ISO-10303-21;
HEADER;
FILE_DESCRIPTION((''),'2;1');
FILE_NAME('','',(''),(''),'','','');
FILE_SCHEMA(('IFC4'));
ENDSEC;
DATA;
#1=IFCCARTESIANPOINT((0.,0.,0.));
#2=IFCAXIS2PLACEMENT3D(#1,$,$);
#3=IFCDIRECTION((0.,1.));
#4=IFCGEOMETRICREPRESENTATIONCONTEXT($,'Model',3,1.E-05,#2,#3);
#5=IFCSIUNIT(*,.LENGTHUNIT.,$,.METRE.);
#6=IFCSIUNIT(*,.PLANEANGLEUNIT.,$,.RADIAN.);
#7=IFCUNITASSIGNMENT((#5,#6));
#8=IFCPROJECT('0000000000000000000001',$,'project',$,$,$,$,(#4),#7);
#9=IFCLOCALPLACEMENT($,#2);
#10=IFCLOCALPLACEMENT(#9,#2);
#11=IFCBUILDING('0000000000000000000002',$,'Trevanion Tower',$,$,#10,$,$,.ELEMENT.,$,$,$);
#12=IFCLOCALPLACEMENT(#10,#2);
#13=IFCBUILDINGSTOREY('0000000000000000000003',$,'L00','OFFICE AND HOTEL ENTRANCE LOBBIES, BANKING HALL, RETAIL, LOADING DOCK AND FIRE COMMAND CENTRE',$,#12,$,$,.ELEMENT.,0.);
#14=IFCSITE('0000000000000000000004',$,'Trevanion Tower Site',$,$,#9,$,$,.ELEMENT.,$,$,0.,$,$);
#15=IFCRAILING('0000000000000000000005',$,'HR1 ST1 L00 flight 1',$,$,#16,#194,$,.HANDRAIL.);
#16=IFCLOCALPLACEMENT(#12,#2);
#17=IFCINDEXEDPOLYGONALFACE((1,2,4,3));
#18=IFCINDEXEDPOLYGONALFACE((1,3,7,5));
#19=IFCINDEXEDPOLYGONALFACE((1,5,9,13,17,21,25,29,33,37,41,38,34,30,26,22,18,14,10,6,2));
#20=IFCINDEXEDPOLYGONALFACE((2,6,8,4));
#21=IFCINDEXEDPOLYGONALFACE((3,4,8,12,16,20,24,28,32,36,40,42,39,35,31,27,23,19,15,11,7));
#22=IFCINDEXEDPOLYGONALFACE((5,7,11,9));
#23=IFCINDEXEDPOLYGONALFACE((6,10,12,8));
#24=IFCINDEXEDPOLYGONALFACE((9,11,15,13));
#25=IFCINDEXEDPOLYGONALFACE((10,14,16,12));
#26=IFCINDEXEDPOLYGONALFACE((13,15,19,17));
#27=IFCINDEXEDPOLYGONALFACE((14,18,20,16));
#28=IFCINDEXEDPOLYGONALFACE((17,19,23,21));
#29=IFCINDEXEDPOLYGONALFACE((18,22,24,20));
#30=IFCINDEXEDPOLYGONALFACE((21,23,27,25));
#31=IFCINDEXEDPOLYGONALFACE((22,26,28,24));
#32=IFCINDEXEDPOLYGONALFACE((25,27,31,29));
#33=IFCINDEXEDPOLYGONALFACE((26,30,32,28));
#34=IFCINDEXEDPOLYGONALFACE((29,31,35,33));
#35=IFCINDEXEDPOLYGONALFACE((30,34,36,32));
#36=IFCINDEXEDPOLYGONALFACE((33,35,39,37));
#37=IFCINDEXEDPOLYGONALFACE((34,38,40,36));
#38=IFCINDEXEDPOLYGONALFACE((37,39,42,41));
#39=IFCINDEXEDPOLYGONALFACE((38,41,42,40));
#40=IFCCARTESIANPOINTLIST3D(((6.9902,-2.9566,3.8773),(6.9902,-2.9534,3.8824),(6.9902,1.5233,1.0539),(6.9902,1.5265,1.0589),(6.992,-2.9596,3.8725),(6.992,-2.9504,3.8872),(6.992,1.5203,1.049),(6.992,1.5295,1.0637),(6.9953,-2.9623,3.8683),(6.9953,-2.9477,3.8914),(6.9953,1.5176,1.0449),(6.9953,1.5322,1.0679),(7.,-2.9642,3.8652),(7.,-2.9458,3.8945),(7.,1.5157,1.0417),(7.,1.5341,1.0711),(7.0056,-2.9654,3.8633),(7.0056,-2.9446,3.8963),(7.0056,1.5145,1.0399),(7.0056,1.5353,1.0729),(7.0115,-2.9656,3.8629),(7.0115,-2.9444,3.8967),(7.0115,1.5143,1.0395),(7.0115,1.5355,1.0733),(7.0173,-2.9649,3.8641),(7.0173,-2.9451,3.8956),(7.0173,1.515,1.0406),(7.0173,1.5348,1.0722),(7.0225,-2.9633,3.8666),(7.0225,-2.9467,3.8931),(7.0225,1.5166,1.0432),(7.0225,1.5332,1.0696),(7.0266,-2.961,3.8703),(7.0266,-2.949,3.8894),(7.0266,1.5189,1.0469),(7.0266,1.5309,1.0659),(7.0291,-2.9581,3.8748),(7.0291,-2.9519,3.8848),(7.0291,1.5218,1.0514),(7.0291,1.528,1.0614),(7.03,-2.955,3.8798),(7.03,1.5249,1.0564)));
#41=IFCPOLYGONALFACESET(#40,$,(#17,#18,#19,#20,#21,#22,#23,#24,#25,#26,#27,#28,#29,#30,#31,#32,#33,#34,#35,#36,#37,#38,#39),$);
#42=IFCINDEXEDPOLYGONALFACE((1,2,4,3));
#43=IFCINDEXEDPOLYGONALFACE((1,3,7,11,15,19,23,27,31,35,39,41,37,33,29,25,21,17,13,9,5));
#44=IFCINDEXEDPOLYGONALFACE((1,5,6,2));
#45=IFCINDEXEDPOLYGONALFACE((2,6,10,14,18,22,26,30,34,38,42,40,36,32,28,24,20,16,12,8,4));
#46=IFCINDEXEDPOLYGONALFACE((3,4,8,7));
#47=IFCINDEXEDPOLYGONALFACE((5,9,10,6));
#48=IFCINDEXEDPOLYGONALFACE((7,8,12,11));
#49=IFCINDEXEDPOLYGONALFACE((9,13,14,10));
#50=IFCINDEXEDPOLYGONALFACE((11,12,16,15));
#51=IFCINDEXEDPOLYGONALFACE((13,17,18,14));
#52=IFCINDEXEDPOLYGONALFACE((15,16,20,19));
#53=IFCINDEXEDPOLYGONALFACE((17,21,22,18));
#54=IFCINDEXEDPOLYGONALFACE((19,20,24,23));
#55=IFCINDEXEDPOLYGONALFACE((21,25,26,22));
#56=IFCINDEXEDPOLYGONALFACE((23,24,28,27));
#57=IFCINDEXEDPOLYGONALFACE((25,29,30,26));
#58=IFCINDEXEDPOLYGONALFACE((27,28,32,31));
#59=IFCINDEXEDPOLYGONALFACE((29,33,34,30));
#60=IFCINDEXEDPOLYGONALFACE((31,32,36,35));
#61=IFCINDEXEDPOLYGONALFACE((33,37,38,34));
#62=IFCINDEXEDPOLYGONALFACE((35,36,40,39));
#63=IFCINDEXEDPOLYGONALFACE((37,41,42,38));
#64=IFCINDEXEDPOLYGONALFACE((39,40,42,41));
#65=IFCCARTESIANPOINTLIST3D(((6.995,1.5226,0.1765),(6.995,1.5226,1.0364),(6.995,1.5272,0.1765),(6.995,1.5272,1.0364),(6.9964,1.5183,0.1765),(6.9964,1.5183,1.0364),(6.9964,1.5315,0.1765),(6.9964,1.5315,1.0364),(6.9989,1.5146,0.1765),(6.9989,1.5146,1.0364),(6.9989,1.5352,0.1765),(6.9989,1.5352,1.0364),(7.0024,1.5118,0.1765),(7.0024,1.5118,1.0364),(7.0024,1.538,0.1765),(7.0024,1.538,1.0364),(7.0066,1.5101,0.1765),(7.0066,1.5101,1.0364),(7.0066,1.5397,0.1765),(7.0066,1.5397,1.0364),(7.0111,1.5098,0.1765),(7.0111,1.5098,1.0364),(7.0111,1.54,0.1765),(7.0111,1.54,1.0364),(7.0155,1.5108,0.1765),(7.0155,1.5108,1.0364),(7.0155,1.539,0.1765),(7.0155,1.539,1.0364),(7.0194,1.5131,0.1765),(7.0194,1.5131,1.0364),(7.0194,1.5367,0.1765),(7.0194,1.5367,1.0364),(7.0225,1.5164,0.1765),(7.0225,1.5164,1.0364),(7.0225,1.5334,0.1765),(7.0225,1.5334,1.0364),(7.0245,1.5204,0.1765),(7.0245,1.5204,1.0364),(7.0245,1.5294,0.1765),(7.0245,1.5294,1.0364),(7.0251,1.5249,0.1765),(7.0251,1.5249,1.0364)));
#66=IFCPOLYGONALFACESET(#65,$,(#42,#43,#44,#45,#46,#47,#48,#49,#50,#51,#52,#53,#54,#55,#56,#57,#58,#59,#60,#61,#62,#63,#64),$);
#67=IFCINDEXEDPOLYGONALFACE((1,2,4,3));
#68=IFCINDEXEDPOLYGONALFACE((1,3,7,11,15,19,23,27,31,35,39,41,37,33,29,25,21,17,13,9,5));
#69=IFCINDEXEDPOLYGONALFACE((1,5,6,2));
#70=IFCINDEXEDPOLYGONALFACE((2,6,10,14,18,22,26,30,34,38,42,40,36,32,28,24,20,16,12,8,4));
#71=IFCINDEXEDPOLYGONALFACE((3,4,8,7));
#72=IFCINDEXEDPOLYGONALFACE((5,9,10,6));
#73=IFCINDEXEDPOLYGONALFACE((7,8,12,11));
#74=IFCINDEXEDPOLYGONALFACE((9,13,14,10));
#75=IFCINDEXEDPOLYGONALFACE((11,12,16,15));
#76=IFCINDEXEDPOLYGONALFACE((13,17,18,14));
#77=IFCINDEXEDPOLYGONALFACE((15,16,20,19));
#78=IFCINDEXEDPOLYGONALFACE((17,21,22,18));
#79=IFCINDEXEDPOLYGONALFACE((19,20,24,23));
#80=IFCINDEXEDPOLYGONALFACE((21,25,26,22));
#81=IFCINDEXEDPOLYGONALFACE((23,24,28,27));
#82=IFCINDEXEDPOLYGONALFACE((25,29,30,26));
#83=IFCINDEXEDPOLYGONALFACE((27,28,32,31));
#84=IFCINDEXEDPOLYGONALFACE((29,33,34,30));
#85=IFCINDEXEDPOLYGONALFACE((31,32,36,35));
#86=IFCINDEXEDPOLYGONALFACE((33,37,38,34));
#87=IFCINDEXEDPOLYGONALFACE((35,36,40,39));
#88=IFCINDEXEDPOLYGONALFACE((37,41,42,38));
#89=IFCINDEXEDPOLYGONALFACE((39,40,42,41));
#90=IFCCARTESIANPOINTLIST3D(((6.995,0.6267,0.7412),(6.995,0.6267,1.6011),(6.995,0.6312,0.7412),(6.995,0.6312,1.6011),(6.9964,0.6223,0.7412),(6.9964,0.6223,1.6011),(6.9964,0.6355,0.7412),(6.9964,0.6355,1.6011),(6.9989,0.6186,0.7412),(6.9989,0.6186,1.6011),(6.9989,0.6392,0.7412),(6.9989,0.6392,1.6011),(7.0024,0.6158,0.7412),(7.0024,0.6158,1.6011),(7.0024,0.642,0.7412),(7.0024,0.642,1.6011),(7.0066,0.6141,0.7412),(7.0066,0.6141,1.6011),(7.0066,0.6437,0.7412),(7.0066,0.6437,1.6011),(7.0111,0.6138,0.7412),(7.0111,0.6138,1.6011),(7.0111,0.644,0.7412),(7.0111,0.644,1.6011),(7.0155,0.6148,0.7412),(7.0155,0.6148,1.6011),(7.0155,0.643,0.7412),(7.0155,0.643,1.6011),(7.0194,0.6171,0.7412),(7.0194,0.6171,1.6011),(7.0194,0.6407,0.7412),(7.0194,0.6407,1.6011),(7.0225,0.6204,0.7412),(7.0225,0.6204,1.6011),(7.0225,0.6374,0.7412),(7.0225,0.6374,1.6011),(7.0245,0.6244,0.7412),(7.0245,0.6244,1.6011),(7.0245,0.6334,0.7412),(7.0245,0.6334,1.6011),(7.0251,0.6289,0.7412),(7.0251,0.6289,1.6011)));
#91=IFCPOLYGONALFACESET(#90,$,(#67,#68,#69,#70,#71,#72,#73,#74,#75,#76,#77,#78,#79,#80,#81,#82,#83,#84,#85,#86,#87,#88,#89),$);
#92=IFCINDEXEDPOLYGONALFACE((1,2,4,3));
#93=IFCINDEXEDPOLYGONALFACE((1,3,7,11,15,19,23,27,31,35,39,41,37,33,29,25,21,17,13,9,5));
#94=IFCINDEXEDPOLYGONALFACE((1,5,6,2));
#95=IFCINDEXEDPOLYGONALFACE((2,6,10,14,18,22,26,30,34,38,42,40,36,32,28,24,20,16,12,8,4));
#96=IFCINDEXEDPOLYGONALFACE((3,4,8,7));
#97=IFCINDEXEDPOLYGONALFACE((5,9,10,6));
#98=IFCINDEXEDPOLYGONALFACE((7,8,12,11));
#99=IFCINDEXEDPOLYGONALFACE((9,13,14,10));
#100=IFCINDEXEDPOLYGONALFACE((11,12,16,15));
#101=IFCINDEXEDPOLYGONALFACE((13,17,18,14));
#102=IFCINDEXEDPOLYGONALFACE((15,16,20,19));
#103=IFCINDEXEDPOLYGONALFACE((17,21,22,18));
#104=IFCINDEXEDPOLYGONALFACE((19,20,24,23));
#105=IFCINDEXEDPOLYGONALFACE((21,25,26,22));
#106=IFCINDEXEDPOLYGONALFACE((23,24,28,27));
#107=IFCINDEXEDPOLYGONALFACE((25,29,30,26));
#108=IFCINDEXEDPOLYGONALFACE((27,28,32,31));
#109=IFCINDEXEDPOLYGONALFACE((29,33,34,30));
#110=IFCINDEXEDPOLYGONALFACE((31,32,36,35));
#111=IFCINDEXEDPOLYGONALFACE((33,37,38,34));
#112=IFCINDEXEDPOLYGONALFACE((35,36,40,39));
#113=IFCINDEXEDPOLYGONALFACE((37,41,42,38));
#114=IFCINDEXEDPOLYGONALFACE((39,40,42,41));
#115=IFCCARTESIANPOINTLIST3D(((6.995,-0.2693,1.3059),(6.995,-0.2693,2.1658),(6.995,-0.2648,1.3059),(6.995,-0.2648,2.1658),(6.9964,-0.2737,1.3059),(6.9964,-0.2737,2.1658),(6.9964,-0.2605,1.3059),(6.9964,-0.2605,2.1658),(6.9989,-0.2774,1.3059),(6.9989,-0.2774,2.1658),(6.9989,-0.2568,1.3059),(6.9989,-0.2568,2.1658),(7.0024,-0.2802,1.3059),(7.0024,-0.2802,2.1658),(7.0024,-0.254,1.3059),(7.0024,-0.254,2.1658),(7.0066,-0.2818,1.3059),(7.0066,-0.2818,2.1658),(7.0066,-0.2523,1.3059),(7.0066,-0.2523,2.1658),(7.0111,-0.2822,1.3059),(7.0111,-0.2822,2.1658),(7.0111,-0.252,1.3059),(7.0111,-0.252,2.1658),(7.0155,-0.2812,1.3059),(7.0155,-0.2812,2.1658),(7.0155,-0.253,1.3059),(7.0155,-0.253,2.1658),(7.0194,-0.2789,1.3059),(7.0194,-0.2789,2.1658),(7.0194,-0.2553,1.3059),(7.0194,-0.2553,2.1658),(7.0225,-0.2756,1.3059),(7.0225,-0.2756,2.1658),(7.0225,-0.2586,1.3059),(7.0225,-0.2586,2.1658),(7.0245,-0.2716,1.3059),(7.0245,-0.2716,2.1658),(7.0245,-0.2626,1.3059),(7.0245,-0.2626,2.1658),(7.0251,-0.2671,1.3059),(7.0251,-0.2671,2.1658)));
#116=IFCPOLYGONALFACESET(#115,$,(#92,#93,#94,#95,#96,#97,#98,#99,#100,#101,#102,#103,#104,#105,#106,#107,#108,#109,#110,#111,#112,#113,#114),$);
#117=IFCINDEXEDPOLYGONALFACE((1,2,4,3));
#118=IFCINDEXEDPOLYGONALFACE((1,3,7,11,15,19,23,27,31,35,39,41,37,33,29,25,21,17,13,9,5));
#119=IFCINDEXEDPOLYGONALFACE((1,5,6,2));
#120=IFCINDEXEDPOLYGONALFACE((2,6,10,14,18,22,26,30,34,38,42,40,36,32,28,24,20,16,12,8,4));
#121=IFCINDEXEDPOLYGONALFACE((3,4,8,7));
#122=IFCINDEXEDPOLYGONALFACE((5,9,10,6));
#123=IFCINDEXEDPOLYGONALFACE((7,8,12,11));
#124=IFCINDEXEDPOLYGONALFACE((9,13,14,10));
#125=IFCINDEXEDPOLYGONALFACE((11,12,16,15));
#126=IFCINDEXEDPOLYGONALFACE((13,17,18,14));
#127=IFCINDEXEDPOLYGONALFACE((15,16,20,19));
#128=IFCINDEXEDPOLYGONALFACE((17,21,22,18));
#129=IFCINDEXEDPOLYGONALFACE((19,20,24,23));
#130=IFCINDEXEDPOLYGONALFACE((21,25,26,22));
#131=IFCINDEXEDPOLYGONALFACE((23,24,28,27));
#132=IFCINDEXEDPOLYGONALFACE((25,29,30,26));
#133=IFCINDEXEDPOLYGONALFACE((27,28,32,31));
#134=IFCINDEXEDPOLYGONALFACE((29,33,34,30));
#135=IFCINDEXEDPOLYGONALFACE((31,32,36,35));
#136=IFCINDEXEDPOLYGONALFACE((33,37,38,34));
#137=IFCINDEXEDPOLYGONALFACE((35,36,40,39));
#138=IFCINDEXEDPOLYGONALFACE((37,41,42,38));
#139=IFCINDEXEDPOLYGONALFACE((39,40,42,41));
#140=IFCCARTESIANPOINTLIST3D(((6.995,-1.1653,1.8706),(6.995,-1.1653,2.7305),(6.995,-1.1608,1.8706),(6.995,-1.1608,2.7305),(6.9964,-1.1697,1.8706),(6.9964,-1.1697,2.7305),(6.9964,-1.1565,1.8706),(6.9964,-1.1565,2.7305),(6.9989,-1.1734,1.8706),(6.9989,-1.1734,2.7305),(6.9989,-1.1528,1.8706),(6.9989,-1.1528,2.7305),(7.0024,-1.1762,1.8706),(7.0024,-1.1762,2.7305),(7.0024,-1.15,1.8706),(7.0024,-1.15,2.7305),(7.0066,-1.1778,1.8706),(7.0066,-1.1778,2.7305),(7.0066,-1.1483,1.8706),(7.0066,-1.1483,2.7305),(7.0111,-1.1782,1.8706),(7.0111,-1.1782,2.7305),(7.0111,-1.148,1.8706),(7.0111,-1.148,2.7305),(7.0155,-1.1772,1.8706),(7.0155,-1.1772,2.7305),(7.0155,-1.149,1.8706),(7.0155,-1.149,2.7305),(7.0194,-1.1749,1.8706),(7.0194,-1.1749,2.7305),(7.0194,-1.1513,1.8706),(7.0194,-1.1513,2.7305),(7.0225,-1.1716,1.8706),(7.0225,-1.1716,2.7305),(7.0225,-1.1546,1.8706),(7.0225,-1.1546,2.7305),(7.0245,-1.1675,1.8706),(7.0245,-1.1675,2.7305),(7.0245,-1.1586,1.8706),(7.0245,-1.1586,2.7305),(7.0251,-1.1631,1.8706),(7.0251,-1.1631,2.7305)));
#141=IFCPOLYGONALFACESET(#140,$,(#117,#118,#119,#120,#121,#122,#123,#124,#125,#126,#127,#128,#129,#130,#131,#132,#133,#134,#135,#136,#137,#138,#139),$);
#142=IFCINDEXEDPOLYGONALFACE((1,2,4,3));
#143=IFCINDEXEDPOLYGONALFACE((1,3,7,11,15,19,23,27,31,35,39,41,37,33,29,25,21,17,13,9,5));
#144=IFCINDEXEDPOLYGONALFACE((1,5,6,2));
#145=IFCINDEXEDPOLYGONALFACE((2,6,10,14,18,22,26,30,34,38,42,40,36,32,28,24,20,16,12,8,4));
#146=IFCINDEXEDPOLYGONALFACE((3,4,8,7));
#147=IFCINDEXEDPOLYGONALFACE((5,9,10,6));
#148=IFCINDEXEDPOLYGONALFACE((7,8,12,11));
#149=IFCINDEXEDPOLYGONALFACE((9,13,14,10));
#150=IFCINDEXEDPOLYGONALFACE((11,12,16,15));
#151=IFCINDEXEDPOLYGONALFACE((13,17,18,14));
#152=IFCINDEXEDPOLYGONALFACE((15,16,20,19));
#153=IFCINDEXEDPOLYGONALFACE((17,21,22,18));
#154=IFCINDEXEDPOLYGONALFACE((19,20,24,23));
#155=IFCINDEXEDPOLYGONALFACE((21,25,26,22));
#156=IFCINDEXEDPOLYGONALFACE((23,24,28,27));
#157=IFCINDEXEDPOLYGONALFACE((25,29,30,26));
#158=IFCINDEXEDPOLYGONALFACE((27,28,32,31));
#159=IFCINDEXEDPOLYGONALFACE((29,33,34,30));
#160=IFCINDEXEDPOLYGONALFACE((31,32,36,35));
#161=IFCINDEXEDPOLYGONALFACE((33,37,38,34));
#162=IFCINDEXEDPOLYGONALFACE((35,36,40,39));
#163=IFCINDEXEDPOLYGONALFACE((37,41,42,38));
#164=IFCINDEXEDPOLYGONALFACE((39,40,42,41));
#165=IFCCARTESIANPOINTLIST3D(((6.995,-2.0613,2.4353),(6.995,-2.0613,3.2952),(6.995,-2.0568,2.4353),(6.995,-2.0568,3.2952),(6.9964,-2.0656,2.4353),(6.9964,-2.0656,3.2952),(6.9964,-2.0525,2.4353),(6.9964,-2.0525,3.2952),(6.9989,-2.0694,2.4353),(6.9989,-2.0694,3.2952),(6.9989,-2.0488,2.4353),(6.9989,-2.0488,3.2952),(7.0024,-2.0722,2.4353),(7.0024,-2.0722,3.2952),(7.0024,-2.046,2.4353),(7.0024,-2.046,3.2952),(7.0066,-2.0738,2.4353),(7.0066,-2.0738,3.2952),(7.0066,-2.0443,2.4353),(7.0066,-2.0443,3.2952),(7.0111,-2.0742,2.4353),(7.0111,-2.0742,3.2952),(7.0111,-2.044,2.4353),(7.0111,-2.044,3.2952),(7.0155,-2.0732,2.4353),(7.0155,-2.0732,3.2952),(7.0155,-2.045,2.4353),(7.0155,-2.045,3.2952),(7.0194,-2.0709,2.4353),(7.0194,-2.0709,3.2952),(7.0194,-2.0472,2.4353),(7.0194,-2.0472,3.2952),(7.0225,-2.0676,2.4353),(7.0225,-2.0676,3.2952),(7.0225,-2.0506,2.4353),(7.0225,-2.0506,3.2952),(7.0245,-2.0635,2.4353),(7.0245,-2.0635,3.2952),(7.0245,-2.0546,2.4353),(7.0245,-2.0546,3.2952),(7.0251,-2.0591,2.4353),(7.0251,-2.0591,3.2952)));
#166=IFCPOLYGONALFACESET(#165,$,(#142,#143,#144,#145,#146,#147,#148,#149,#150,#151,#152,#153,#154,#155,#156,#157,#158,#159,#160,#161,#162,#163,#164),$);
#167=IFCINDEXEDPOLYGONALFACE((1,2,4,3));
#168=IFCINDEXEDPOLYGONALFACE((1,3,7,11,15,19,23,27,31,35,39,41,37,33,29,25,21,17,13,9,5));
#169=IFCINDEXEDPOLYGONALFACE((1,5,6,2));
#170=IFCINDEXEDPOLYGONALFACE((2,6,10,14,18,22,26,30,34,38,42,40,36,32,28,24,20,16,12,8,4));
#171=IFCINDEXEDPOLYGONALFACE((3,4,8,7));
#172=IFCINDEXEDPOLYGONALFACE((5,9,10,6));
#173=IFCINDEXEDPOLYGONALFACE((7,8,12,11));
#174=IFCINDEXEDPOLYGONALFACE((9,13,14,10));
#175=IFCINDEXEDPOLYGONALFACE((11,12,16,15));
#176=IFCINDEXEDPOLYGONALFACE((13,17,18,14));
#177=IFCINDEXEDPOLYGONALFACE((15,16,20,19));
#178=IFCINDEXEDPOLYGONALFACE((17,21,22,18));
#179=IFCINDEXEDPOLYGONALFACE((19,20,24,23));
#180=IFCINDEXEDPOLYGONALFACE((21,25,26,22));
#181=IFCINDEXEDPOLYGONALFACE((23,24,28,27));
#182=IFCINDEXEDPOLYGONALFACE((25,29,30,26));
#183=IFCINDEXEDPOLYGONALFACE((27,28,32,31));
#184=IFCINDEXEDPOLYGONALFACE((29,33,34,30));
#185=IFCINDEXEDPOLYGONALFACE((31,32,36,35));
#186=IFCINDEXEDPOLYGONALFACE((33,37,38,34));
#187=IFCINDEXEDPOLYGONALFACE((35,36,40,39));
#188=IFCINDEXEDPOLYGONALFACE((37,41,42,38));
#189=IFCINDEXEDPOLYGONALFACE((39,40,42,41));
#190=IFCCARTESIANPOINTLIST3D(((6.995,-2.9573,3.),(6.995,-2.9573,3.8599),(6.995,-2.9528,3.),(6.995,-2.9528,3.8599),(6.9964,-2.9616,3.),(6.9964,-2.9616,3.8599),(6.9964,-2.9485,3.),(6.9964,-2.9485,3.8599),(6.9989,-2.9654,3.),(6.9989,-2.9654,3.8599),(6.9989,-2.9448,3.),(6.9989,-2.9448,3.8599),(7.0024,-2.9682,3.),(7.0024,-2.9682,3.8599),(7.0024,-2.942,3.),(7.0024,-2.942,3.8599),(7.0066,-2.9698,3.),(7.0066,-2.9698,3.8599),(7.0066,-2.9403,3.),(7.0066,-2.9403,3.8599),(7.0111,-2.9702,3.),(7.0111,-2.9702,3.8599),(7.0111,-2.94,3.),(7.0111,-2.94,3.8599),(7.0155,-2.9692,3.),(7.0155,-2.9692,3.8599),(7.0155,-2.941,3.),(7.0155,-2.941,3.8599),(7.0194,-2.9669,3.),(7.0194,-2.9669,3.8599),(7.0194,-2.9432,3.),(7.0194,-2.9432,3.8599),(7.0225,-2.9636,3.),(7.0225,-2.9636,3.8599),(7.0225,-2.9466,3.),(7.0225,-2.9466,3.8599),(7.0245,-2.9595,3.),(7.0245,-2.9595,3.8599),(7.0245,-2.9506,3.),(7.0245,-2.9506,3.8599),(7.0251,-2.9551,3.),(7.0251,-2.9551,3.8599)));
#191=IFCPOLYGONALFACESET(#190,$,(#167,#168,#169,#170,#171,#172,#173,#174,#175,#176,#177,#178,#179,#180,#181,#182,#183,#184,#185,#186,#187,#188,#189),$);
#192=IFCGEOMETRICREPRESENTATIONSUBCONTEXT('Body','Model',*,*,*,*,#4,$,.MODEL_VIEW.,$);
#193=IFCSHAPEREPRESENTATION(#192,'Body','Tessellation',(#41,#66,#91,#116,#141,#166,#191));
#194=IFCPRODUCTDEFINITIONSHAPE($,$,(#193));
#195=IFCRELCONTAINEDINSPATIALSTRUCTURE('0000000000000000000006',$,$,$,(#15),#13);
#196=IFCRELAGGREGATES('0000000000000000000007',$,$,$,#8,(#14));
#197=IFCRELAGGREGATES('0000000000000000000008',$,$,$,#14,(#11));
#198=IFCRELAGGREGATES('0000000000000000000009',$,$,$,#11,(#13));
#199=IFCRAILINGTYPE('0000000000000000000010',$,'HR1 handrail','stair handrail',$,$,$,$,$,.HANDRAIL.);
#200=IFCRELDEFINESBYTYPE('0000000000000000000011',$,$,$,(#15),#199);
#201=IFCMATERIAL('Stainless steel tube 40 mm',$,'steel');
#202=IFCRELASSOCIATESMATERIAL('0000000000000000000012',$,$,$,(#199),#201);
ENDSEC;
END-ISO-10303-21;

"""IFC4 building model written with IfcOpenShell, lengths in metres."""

from ifc_helpers import new_model, si_unit, direction, frame, origin, origin_2d, place, context, subcontext, project, spatial, circle, extrude, material, type_object, element, save


model = new_model("IFC4")

# Units and contexts
model_context = context("Model", 3, precision=1e-05, world=origin(), true_north=direction((0.0, 1.0)))
body_context = subcontext(model_context, "Body", "Model", "MODEL_VIEW")
ifc_project = project(units=[si_unit("LENGTHUNIT", "METRE"), si_unit("PLANEANGLEUNIT", "RADIAN")], contexts=[model_context])

# Site, building, storey
site_placement = place(None, origin())
site = spatial("IfcSite", under=ifc_project, at=site_placement, Name="Trevanion Tower Site", CompositionType="ELEMENT", RefElevation=0.0)
building_placement = place(site_placement, origin())
building = spatial("IfcBuilding", under=site, at=building_placement, Name="Trevanion Tower", CompositionType="ELEMENT")
storey_placement = place(building_placement, origin())
storey = spatial("IfcBuildingStorey", under=building, at=storey_placement, Name="L00", Description="OFFICE AND HOTEL ENTRANCE LOBBIES, BANKING HALL, RETAIL, LOADING DOCK AND FIRE COMMAND CENTRE", CompositionType="ELEMENT", Elevation=0.0)

# Railing
ifc_material_1 = material(Name="Stainless steel tube 40 mm", Category="steel")
railing_type_1 = type_object("IfcRailingType", Name="HR1 handrail", Description="stair handrail", PredefinedType="HANDRAIL", material=ifc_material_1)
for number, where, name in (
    (1, (7.01, 1.5249, 0.1765), "HR1 ST1 L00 flight 1"),
):
    element("IfcRailing", number, at=place(storey_placement, frame(where)), inside=storey, type_object=railing_type_1, Name=name, PredefinedType="HANDRAIL", context=body_context, shape_type="SweptSolid", body=[
        extrude(circle(Radius=0.02, at=origin_2d()), frame((0.0, 0.0, 0.8799), z_axis=(0.0, -0.845998, 0.533186), x_axis=(1.0, 0.0, 0.0)), (0.0, 0.0, 1.0), 5.2954),
        extrude(circle(Radius=0.0151, at=origin_2d()), origin(), (0.0, 0.0, 1.0), 0.8599),
        extrude(circle(Radius=0.0151, at=origin_2d()), frame((0.0, -0.896, 0.5647)), (0.0, 0.0, 1.0), 0.8599),
        extrude(circle(Radius=0.0151, at=origin_2d()), frame((0.0, -1.792, 1.1294)), (0.0, 0.0, 1.0), 0.8599),
        extrude(circle(Radius=0.0151, at=origin_2d()), frame((0.0, -2.688, 1.6941)), (0.0, 0.0, 1.0), 0.8599),
        extrude(circle(Radius=0.0151, at=origin_2d()), frame((0.0, -3.584, 2.2588)), (0.0, 0.0, 1.0), 0.8599),
        extrude(circle(Radius=0.0151, at=origin_2d()), frame((0.0, -4.48, 2.8235)), (0.0, 0.0, 1.0), 0.8599),
    ])

save(model, "model.ifc")
